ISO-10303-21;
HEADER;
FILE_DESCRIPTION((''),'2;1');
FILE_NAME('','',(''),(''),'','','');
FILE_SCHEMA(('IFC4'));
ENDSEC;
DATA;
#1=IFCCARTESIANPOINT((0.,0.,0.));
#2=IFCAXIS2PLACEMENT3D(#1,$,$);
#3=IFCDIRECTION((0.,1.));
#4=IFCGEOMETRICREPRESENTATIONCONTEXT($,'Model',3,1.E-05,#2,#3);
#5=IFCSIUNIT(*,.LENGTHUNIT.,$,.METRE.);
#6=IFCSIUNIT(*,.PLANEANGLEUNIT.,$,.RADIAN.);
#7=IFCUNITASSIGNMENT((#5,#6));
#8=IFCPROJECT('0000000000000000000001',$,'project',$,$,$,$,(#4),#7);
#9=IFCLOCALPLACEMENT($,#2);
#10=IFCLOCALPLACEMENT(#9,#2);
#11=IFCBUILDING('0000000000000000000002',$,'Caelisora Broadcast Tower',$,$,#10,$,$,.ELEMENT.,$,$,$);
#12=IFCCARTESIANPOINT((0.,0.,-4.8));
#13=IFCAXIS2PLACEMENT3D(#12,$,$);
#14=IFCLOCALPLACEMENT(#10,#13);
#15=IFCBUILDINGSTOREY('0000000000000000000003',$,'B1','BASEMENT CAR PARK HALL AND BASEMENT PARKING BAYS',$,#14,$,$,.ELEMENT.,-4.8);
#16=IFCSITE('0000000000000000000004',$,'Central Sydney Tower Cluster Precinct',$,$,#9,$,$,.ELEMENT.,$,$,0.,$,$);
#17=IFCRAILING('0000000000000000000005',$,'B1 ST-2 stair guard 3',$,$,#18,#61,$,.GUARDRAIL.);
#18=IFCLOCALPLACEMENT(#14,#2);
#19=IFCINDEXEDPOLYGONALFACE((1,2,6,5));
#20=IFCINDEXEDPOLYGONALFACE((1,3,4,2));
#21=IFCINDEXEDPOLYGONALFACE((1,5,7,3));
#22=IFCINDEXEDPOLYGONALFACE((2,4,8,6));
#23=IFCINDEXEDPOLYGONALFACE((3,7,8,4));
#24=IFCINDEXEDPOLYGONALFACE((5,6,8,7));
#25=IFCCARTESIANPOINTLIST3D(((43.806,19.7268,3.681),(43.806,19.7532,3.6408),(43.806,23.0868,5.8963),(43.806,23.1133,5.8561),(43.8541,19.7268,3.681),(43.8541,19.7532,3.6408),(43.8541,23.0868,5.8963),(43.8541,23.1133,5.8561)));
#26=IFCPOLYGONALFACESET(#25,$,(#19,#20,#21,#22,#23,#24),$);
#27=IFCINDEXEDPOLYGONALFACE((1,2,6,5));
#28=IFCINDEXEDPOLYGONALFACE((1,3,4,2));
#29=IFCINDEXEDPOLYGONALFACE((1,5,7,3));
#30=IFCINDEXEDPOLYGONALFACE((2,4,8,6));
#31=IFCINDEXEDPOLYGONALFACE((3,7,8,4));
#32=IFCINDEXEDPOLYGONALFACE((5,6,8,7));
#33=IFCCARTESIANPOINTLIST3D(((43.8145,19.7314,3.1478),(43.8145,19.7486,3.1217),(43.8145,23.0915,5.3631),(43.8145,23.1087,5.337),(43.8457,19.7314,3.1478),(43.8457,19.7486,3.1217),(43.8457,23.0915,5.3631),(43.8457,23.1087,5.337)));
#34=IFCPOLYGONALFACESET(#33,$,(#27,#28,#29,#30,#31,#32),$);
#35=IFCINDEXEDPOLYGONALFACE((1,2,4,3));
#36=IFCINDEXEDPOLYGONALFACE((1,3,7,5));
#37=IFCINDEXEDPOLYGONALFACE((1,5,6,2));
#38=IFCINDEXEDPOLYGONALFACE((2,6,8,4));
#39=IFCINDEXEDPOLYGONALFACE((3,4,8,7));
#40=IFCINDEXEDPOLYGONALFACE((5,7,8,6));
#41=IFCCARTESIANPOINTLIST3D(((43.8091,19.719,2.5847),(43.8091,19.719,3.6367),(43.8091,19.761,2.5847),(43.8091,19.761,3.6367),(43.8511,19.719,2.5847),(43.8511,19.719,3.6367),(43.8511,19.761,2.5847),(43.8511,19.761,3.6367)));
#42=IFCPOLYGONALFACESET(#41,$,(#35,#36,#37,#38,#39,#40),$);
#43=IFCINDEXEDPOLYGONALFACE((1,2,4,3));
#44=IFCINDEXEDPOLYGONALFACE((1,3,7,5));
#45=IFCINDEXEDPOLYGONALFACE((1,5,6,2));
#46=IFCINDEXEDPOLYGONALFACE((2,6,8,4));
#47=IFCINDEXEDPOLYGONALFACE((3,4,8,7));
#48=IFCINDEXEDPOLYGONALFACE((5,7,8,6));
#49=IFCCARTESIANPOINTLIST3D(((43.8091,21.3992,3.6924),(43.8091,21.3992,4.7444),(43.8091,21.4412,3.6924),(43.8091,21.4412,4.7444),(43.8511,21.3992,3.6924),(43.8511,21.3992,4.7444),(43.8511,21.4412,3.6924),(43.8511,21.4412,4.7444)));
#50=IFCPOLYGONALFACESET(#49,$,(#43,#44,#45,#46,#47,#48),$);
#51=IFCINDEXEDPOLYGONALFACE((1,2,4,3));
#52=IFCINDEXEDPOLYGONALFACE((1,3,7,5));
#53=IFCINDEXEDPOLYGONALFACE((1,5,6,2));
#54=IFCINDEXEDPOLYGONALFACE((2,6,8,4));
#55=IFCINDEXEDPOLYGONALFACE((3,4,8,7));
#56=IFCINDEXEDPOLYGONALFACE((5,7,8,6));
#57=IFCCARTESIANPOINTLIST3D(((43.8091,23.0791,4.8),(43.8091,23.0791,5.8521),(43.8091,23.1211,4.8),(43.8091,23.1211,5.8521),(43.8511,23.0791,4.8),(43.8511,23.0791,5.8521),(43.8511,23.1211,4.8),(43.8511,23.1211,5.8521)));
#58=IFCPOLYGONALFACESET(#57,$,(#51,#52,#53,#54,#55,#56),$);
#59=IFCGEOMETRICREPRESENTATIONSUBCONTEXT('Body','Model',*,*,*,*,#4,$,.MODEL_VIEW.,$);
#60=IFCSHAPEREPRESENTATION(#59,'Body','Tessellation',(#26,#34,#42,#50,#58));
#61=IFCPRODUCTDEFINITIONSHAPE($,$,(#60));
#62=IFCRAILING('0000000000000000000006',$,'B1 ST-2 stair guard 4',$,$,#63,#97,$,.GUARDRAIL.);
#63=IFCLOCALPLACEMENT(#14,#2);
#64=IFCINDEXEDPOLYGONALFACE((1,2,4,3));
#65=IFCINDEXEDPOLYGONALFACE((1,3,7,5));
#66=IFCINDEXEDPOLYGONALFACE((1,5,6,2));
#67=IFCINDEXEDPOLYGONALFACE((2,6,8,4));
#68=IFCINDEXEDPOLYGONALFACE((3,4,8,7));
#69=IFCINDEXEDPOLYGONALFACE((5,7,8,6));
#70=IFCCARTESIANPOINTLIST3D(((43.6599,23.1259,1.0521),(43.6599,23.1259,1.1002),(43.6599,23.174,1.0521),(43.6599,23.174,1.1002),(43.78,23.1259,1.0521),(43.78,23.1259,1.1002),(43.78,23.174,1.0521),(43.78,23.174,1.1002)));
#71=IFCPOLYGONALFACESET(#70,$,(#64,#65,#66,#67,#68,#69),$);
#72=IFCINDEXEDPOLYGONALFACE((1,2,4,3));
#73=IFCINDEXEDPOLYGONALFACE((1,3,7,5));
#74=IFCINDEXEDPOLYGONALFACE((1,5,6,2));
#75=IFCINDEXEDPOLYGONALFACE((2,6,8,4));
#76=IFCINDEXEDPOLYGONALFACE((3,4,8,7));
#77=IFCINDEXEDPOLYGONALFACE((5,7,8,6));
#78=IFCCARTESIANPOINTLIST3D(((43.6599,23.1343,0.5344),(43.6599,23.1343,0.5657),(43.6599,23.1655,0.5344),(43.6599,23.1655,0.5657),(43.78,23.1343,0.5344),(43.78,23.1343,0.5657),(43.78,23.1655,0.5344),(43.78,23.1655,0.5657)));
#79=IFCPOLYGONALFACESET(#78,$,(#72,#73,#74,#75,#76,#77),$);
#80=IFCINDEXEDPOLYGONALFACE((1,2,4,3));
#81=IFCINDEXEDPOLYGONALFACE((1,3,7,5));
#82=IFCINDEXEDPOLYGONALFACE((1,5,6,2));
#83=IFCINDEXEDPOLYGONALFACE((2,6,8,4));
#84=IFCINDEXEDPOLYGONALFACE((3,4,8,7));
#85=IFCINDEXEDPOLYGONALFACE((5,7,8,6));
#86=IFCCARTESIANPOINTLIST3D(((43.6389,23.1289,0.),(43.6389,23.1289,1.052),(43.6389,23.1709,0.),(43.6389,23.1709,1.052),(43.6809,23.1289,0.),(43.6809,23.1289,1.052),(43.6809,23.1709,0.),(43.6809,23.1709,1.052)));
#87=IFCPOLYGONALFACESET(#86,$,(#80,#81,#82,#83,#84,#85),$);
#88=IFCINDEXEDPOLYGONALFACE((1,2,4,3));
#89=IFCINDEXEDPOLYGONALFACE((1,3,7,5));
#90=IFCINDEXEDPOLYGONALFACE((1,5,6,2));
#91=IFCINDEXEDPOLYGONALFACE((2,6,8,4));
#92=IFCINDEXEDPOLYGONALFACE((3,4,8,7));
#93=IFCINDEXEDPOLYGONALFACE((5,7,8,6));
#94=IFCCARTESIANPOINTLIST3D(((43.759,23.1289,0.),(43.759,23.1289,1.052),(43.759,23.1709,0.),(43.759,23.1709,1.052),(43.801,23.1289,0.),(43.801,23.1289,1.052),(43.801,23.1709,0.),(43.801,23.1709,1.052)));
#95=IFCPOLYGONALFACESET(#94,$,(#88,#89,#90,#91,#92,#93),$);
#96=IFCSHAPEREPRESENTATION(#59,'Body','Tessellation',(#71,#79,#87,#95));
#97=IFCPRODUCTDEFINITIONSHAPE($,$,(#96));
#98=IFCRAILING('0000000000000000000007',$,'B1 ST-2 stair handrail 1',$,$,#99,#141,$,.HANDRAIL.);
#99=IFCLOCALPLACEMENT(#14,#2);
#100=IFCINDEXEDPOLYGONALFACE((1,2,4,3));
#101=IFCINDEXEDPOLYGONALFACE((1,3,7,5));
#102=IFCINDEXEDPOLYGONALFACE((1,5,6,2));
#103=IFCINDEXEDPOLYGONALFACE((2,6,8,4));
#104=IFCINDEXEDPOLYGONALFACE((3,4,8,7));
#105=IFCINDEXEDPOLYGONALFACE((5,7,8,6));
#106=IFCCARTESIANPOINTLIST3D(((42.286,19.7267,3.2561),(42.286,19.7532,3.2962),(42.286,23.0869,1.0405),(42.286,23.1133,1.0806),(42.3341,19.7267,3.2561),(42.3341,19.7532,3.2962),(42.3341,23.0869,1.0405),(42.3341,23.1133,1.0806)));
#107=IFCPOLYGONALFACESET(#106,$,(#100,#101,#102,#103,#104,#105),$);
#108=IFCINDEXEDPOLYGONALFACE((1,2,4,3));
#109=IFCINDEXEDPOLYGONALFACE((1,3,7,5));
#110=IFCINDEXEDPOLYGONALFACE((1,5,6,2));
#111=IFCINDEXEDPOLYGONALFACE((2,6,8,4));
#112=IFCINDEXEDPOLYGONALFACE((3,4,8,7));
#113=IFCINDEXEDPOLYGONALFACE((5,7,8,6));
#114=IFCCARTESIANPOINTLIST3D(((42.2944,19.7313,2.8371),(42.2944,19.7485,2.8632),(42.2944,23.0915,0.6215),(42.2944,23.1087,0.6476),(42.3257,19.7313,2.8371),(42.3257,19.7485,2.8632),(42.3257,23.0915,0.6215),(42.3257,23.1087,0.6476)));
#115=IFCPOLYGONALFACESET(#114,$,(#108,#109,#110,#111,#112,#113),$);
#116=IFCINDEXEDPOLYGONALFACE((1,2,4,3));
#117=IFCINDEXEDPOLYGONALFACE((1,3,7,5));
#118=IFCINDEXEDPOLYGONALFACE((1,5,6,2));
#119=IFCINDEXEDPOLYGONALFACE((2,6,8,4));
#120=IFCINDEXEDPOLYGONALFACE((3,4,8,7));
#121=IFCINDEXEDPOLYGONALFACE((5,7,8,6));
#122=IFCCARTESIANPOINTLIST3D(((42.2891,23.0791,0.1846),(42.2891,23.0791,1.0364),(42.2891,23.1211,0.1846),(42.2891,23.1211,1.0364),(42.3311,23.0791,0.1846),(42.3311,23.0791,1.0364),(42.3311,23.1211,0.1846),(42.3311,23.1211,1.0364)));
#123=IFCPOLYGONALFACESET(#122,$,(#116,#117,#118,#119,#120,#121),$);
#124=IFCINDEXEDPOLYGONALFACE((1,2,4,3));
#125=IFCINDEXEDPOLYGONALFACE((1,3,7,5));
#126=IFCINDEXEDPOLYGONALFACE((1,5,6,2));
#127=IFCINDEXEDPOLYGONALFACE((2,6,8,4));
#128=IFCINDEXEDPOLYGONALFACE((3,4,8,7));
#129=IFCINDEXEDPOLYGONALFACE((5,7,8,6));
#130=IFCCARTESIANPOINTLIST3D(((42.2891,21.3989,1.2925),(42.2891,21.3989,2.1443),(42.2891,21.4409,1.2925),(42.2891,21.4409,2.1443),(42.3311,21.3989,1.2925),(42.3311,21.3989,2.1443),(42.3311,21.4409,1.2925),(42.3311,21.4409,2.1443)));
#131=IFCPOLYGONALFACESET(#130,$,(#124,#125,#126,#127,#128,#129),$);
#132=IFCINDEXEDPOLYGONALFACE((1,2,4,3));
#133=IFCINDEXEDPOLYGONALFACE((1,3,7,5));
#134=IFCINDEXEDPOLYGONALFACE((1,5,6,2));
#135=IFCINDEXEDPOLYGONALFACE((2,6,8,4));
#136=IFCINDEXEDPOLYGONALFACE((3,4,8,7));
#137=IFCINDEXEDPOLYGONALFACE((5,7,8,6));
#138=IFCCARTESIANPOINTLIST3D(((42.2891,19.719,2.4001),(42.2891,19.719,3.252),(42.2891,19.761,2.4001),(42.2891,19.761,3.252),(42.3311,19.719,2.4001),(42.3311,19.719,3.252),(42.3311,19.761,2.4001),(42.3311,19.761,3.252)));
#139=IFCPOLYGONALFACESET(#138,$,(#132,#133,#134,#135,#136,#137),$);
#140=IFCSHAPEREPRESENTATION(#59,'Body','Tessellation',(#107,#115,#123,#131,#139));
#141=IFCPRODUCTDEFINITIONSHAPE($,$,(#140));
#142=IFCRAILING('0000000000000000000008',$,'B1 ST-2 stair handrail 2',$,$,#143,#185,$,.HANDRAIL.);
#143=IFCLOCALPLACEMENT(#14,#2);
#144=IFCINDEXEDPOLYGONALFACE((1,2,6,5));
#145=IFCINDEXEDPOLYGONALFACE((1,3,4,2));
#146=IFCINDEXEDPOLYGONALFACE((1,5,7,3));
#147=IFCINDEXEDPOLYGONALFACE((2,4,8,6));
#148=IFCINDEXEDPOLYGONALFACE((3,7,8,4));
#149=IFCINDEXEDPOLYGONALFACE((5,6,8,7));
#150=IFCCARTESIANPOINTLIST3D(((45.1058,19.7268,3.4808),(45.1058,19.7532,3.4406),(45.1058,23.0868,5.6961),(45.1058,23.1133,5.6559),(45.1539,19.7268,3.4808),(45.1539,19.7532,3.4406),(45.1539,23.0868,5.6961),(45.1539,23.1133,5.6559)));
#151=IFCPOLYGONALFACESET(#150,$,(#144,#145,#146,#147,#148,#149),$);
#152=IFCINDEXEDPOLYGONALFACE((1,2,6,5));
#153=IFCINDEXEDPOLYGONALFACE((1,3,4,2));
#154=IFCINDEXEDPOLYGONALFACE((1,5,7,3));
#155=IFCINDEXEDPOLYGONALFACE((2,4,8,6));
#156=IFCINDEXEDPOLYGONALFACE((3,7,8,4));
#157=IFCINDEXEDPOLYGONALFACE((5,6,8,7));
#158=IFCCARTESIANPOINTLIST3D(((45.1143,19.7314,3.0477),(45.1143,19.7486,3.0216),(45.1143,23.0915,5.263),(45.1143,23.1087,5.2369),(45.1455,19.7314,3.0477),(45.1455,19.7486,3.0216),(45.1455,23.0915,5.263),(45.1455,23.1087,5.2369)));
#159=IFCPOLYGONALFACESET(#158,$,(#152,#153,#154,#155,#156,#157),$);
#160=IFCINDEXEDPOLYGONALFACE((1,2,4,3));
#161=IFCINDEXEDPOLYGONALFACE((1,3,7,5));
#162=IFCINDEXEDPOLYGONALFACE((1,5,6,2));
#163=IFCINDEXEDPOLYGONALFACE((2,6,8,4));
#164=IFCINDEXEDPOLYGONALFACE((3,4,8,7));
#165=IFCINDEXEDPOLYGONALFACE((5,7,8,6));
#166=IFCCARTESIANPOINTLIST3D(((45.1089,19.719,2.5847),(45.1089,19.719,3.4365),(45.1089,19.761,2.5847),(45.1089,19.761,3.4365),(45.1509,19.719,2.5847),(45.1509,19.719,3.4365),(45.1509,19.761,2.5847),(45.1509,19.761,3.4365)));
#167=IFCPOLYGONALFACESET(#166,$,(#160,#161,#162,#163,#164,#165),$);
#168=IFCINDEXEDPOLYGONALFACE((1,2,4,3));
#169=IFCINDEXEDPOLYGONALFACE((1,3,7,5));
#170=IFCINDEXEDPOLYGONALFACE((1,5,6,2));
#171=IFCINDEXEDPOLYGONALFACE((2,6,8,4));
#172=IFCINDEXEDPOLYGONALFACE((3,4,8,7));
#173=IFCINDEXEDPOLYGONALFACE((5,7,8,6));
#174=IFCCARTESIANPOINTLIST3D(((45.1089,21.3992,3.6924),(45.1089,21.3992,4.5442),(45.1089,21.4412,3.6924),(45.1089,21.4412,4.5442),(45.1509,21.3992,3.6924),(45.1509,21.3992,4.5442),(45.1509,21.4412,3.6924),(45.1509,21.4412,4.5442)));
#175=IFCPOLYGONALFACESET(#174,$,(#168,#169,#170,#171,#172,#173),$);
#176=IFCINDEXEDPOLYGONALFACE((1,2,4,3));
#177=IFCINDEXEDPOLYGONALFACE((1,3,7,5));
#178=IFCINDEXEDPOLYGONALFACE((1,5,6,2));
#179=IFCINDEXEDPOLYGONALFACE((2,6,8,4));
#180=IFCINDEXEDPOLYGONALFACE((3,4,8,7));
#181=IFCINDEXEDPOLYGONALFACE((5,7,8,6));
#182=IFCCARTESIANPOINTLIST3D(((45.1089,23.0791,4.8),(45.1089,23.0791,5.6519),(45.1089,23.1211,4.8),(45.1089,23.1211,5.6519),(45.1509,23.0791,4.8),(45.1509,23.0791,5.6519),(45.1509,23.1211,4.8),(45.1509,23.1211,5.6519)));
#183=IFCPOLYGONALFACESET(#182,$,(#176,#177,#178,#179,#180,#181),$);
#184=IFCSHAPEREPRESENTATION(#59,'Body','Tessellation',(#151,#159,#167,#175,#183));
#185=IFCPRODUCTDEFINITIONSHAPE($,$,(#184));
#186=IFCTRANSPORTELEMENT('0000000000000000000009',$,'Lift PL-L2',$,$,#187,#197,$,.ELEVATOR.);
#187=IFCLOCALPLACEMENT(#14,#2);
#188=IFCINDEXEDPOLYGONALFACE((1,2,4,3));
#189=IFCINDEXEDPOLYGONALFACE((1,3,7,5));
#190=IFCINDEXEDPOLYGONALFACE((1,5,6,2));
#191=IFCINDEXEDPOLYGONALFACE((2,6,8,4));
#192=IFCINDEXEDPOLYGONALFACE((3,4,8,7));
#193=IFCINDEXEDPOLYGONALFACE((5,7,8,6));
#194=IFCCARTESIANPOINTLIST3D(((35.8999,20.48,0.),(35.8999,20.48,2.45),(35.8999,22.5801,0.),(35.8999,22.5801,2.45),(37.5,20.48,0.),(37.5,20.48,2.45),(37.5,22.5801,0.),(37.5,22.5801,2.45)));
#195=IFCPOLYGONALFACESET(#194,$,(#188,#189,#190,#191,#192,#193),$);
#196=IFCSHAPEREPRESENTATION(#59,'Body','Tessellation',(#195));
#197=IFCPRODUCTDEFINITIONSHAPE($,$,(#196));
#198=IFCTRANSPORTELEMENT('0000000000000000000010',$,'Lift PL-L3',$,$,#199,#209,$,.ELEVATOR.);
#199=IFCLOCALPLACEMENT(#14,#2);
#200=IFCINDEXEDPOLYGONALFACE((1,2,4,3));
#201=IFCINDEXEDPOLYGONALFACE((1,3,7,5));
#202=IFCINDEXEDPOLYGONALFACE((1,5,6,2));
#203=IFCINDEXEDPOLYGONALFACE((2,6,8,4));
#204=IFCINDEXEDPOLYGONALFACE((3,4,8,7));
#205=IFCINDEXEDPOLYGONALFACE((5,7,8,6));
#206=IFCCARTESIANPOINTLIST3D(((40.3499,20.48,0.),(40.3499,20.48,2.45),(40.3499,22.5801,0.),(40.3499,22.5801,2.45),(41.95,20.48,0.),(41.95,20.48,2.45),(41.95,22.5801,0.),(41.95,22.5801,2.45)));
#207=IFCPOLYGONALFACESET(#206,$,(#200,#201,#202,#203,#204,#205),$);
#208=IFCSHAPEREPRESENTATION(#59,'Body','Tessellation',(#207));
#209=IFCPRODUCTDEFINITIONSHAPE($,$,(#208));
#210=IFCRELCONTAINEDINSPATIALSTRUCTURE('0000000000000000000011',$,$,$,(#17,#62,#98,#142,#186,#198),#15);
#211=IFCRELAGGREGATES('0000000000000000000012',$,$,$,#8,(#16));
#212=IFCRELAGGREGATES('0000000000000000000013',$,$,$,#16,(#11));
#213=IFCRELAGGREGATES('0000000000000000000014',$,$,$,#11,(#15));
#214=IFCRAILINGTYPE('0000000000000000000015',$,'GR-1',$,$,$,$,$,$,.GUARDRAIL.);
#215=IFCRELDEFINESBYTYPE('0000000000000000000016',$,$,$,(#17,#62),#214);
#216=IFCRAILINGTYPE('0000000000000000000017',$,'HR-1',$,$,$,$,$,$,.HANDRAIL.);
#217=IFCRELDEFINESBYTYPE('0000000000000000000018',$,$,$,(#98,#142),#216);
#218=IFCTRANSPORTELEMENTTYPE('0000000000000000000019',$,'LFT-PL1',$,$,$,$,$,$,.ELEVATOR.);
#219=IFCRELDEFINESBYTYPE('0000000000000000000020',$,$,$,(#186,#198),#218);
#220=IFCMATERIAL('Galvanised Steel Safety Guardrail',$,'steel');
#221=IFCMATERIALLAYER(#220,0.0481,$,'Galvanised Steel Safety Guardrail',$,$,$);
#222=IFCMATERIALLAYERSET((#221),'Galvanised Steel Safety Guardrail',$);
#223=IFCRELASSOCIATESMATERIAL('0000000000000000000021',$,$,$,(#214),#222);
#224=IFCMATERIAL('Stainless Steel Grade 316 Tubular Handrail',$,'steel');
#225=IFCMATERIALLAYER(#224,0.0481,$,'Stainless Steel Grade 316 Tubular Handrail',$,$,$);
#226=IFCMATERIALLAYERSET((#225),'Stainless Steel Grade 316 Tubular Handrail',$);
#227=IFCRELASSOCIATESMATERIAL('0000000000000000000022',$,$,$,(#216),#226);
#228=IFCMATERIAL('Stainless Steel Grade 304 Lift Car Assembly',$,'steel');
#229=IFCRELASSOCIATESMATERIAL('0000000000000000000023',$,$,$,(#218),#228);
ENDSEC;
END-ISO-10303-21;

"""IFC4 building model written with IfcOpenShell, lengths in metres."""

from ifc_helpers import new_model, si_unit, direction, frame, origin, origin_2d, place, context, subcontext, project, spatial, rectangle, extrude, source, transform, mapped, material, layer, layer_set, type_object, type_shapes, element, save


model = new_model("IFC4")

# Units and contexts
model_context = context("Model", 3, precision=1e-05, world=origin(), true_north=direction((0.0, 1.0)))
body_context = subcontext(model_context, "Body", "Model", "MODEL_VIEW")
ifc_project = project(units=[si_unit("LENGTHUNIT", "METRE"), si_unit("PLANEANGLEUNIT", "RADIAN")], contexts=[model_context])

# Site, building, storey
site_placement = place(None, origin())
site = spatial("IfcSite", under=ifc_project, at=site_placement, Name="Central Sydney Tower Cluster Precinct", CompositionType="ELEMENT", RefElevation=0.0)
building_placement = place(site_placement, origin())
building = spatial("IfcBuilding", under=site, at=building_placement, Name="Caelisora Broadcast Tower", CompositionType="ELEMENT")
storey_placement = place(building_placement, frame((0.0, 0.0, -4.8)))
storey = spatial("IfcBuildingStorey", under=building, at=storey_placement, Name="B1", Description="BASEMENT CAR PARK HALL AND BASEMENT PARKING BAYS", CompositionType="ELEMENT", Elevation=-4.8)

# Railings
ifc_material_1 = material(Name="Galvanised Steel Safety Guardrail", Category="steel")
ifc_layer_1 = layer(ifc_material_1, 0.0481, Name="Galvanised Steel Safety Guardrail")
ifc_layer_set_1 = layer_set([ifc_layer_1], Name="Galvanised Steel Safety Guardrail")
railing_type_1 = type_object("IfcRailingType", Name="GR-1", PredefinedType="GUARDRAIL", material=ifc_layer_set_1)
railing_1_placement = place(storey_placement, frame((43.8301, 19.74, 2.5847)))
element("IfcRailing", 1, at=railing_1_placement, inside=storey, type_object=railing_type_1, Name="B1 ST-2 stair guard 3", PredefinedType="GUARDRAIL", context=body_context, shape_type="SweptSolid", body=[
    extrude(rectangle(XDim=0.0481, YDim=0.0481, at=origin_2d()), frame((0.0, 0.0, 1.0762), z_axis=(0.0, 0.834876, 0.550437), x_axis=(-1.0, 0.0, 0.0)), (0.0, 0.0, 1.0), 4.0247),
    extrude(rectangle(XDim=0.0312, YDim=0.0312, at=origin_2d()), frame((0.0, 0.0, 0.55), z_axis=(0.0, 0.834876, 0.550437), x_axis=(-1.0, 0.0, 0.0)), (0.0, 0.0, 1.0), 4.0247),
    extrude(rectangle(XDim=0.042, YDim=0.042, at=origin_2d()), origin(), (0.0, 0.0, 1.0), 1.052),
    extrude(rectangle(XDim=0.042, YDim=0.042, at=origin_2d()), frame((0.0, 1.6802, 1.1077)), (0.0, 0.0, 1.0), 1.052),
    extrude(rectangle(XDim=0.042, YDim=0.042, at=origin_2d()), frame((0.0, 3.3601, 2.2153)), (0.0, 0.0, 1.0), 1.052),
])
railing_2_placement = place(storey_placement, frame((43.6599, 23.1499, 0.0)))
element("IfcRailing", 2, at=railing_2_placement, inside=storey, type_object=railing_type_1, Name="B1 ST-2 stair guard 4", PredefinedType="GUARDRAIL", context=body_context, shape_type="SweptSolid", body=[
    extrude(rectangle(XDim=0.0481, YDim=0.0481, at=origin_2d()), frame((0.0, 0.0, 1.0762), z_axis=(1.0, 0.0, 0.0), x_axis=(0.0, 1.0, 0.0)), (0.0, 0.0, 1.0), 0.1201),
    extrude(rectangle(XDim=0.0312, YDim=0.0312, at=origin_2d()), frame((0.0, 0.0, 0.55), z_axis=(1.0, 0.0, 0.0), x_axis=(0.0, 1.0, 0.0)), (0.0, 0.0, 1.0), 0.1201),
    extrude(rectangle(XDim=0.042, YDim=0.042, at=origin_2d()), origin(), (0.0, 0.0, 1.0), 1.052),
    extrude(rectangle(XDim=0.042, YDim=0.042, at=origin_2d()), frame((0.1201, 0.0, 0.0)), (0.0, 0.0, 1.0), 1.052),
])
ifc_material_2 = material(Name="Stainless Steel Grade 316 Tubular Handrail", Category="steel")
ifc_layer_2 = layer(ifc_material_2, 0.0481, Name="Stainless Steel Grade 316 Tubular Handrail")
ifc_layer_set_2 = layer_set([ifc_layer_2], Name="Stainless Steel Grade 316 Tubular Handrail")
railing_type_2 = type_object("IfcRailingType", Name="HR-1", PredefinedType="HANDRAIL", material=ifc_layer_set_2)
railing_3_placement = place(storey_placement, frame((42.3101, 23.1001, 0.1846)))
element("IfcRailing", 3, at=railing_3_placement, inside=storey, type_object=railing_type_2, Name="B1 ST-2 stair handrail 1", PredefinedType="HANDRAIL", context=body_context, shape_type="SweptSolid", body=[
    extrude(rectangle(XDim=0.0481, YDim=0.0481, at=origin_2d()), frame((0.0, 0.0, 0.876), z_axis=(0.0, -0.834849, 0.55048), x_axis=(1.0, 0.0, 0.0)), (0.0, 0.0, 1.0), 4.0249),
    extrude(rectangle(XDim=0.0312, YDim=0.0312, at=origin_2d()), frame((0.0, 0.0, 0.45), z_axis=(0.0, -0.834849, 0.55048), x_axis=(1.0, 0.0, 0.0)), (0.0, 0.0, 1.0), 4.0249),
    extrude(rectangle(XDim=0.042, YDim=0.042, at=origin_2d()), origin(), (0.0, 0.0, 1.0), 0.8518),
    extrude(rectangle(XDim=0.042, YDim=0.042, at=origin_2d()), frame((0.0, -1.6802, 1.1079)), (0.0, 0.0, 1.0), 0.8518),
    extrude(rectangle(XDim=0.042, YDim=0.042, at=origin_2d()), frame((0.0, -3.3601, 2.2156)), (0.0, 0.0, 1.0), 0.8518),
])
railing_4_placement = place(storey_placement, frame((45.1299, 19.74, 2.5847)))
element("IfcRailing", 4, at=railing_4_placement, inside=storey, type_object=railing_type_2, Name="B1 ST-2 stair handrail 2", PredefinedType="HANDRAIL", context=body_context, shape_type="SweptSolid", body=[
    extrude(rectangle(XDim=0.0481, YDim=0.0481, at=origin_2d()), frame((0.0, 0.0, 0.876), z_axis=(0.0, 0.834876, 0.550437), x_axis=(-1.0, 0.0, 0.0)), (0.0, 0.0, 1.0), 4.0247),
    extrude(rectangle(XDim=0.0312, YDim=0.0312, at=origin_2d()), frame((0.0, 0.0, 0.45), z_axis=(0.0, 0.834876, 0.550437), x_axis=(-1.0, 0.0, 0.0)), (0.0, 0.0, 1.0), 4.0247),
    extrude(rectangle(XDim=0.042, YDim=0.042, at=origin_2d()), origin(), (0.0, 0.0, 1.0), 0.8518),
    extrude(rectangle(XDim=0.042, YDim=0.042, at=origin_2d()), frame((0.0, 1.6802, 1.1077)), (0.0, 0.0, 1.0), 0.8518),
    extrude(rectangle(XDim=0.042, YDim=0.042, at=origin_2d()), frame((0.0, 3.3601, 2.2153)), (0.0, 0.0, 1.0), 0.8518),
])

# Transport elements
ifc_material_3 = material(Name="Stainless Steel Grade 304 Lift Car Assembly", Category="steel")
transport_element_type = type_object("IfcTransportElementType", Name="LFT-PL1", PredefinedType="ELEVATOR", material=ifc_material_3)
shared_shape = source(origin(), body_context, "Body", "SweptSolid", [
    extrude(rectangle(XDim=1.6001, YDim=2.1001, at=origin_2d()), origin(), (0.0, 0.0, 1.0), 2.45),
])
type_shapes(transport_element_type, [shared_shape])
for number, where, z_axis, x_axis, name in (
    (5, (36.7, 21.53, 0.0), (0.0, 0.0, 1.0), (1.0, 0.0, 0.0), "Lift PL-L2"),
    (6, (41.1499, 21.53, 0.0), (0.0, 0.0, 1.0), (1.0, 0.0, 0.0), "Lift PL-L3"),
):
    element("IfcTransportElement", number, at=place(storey_placement, frame(where, z_axis=z_axis, x_axis=x_axis)), inside=storey, type_object=transport_element_type, Name=name, PredefinedType="ELEVATOR", context=body_context, shape_type="MappedRepresentation", body=[
        mapped(shared_shape, transform((0.0, 0.0, 0.0), scale=1.0)),
    ])

save(model, "model.ifc")
